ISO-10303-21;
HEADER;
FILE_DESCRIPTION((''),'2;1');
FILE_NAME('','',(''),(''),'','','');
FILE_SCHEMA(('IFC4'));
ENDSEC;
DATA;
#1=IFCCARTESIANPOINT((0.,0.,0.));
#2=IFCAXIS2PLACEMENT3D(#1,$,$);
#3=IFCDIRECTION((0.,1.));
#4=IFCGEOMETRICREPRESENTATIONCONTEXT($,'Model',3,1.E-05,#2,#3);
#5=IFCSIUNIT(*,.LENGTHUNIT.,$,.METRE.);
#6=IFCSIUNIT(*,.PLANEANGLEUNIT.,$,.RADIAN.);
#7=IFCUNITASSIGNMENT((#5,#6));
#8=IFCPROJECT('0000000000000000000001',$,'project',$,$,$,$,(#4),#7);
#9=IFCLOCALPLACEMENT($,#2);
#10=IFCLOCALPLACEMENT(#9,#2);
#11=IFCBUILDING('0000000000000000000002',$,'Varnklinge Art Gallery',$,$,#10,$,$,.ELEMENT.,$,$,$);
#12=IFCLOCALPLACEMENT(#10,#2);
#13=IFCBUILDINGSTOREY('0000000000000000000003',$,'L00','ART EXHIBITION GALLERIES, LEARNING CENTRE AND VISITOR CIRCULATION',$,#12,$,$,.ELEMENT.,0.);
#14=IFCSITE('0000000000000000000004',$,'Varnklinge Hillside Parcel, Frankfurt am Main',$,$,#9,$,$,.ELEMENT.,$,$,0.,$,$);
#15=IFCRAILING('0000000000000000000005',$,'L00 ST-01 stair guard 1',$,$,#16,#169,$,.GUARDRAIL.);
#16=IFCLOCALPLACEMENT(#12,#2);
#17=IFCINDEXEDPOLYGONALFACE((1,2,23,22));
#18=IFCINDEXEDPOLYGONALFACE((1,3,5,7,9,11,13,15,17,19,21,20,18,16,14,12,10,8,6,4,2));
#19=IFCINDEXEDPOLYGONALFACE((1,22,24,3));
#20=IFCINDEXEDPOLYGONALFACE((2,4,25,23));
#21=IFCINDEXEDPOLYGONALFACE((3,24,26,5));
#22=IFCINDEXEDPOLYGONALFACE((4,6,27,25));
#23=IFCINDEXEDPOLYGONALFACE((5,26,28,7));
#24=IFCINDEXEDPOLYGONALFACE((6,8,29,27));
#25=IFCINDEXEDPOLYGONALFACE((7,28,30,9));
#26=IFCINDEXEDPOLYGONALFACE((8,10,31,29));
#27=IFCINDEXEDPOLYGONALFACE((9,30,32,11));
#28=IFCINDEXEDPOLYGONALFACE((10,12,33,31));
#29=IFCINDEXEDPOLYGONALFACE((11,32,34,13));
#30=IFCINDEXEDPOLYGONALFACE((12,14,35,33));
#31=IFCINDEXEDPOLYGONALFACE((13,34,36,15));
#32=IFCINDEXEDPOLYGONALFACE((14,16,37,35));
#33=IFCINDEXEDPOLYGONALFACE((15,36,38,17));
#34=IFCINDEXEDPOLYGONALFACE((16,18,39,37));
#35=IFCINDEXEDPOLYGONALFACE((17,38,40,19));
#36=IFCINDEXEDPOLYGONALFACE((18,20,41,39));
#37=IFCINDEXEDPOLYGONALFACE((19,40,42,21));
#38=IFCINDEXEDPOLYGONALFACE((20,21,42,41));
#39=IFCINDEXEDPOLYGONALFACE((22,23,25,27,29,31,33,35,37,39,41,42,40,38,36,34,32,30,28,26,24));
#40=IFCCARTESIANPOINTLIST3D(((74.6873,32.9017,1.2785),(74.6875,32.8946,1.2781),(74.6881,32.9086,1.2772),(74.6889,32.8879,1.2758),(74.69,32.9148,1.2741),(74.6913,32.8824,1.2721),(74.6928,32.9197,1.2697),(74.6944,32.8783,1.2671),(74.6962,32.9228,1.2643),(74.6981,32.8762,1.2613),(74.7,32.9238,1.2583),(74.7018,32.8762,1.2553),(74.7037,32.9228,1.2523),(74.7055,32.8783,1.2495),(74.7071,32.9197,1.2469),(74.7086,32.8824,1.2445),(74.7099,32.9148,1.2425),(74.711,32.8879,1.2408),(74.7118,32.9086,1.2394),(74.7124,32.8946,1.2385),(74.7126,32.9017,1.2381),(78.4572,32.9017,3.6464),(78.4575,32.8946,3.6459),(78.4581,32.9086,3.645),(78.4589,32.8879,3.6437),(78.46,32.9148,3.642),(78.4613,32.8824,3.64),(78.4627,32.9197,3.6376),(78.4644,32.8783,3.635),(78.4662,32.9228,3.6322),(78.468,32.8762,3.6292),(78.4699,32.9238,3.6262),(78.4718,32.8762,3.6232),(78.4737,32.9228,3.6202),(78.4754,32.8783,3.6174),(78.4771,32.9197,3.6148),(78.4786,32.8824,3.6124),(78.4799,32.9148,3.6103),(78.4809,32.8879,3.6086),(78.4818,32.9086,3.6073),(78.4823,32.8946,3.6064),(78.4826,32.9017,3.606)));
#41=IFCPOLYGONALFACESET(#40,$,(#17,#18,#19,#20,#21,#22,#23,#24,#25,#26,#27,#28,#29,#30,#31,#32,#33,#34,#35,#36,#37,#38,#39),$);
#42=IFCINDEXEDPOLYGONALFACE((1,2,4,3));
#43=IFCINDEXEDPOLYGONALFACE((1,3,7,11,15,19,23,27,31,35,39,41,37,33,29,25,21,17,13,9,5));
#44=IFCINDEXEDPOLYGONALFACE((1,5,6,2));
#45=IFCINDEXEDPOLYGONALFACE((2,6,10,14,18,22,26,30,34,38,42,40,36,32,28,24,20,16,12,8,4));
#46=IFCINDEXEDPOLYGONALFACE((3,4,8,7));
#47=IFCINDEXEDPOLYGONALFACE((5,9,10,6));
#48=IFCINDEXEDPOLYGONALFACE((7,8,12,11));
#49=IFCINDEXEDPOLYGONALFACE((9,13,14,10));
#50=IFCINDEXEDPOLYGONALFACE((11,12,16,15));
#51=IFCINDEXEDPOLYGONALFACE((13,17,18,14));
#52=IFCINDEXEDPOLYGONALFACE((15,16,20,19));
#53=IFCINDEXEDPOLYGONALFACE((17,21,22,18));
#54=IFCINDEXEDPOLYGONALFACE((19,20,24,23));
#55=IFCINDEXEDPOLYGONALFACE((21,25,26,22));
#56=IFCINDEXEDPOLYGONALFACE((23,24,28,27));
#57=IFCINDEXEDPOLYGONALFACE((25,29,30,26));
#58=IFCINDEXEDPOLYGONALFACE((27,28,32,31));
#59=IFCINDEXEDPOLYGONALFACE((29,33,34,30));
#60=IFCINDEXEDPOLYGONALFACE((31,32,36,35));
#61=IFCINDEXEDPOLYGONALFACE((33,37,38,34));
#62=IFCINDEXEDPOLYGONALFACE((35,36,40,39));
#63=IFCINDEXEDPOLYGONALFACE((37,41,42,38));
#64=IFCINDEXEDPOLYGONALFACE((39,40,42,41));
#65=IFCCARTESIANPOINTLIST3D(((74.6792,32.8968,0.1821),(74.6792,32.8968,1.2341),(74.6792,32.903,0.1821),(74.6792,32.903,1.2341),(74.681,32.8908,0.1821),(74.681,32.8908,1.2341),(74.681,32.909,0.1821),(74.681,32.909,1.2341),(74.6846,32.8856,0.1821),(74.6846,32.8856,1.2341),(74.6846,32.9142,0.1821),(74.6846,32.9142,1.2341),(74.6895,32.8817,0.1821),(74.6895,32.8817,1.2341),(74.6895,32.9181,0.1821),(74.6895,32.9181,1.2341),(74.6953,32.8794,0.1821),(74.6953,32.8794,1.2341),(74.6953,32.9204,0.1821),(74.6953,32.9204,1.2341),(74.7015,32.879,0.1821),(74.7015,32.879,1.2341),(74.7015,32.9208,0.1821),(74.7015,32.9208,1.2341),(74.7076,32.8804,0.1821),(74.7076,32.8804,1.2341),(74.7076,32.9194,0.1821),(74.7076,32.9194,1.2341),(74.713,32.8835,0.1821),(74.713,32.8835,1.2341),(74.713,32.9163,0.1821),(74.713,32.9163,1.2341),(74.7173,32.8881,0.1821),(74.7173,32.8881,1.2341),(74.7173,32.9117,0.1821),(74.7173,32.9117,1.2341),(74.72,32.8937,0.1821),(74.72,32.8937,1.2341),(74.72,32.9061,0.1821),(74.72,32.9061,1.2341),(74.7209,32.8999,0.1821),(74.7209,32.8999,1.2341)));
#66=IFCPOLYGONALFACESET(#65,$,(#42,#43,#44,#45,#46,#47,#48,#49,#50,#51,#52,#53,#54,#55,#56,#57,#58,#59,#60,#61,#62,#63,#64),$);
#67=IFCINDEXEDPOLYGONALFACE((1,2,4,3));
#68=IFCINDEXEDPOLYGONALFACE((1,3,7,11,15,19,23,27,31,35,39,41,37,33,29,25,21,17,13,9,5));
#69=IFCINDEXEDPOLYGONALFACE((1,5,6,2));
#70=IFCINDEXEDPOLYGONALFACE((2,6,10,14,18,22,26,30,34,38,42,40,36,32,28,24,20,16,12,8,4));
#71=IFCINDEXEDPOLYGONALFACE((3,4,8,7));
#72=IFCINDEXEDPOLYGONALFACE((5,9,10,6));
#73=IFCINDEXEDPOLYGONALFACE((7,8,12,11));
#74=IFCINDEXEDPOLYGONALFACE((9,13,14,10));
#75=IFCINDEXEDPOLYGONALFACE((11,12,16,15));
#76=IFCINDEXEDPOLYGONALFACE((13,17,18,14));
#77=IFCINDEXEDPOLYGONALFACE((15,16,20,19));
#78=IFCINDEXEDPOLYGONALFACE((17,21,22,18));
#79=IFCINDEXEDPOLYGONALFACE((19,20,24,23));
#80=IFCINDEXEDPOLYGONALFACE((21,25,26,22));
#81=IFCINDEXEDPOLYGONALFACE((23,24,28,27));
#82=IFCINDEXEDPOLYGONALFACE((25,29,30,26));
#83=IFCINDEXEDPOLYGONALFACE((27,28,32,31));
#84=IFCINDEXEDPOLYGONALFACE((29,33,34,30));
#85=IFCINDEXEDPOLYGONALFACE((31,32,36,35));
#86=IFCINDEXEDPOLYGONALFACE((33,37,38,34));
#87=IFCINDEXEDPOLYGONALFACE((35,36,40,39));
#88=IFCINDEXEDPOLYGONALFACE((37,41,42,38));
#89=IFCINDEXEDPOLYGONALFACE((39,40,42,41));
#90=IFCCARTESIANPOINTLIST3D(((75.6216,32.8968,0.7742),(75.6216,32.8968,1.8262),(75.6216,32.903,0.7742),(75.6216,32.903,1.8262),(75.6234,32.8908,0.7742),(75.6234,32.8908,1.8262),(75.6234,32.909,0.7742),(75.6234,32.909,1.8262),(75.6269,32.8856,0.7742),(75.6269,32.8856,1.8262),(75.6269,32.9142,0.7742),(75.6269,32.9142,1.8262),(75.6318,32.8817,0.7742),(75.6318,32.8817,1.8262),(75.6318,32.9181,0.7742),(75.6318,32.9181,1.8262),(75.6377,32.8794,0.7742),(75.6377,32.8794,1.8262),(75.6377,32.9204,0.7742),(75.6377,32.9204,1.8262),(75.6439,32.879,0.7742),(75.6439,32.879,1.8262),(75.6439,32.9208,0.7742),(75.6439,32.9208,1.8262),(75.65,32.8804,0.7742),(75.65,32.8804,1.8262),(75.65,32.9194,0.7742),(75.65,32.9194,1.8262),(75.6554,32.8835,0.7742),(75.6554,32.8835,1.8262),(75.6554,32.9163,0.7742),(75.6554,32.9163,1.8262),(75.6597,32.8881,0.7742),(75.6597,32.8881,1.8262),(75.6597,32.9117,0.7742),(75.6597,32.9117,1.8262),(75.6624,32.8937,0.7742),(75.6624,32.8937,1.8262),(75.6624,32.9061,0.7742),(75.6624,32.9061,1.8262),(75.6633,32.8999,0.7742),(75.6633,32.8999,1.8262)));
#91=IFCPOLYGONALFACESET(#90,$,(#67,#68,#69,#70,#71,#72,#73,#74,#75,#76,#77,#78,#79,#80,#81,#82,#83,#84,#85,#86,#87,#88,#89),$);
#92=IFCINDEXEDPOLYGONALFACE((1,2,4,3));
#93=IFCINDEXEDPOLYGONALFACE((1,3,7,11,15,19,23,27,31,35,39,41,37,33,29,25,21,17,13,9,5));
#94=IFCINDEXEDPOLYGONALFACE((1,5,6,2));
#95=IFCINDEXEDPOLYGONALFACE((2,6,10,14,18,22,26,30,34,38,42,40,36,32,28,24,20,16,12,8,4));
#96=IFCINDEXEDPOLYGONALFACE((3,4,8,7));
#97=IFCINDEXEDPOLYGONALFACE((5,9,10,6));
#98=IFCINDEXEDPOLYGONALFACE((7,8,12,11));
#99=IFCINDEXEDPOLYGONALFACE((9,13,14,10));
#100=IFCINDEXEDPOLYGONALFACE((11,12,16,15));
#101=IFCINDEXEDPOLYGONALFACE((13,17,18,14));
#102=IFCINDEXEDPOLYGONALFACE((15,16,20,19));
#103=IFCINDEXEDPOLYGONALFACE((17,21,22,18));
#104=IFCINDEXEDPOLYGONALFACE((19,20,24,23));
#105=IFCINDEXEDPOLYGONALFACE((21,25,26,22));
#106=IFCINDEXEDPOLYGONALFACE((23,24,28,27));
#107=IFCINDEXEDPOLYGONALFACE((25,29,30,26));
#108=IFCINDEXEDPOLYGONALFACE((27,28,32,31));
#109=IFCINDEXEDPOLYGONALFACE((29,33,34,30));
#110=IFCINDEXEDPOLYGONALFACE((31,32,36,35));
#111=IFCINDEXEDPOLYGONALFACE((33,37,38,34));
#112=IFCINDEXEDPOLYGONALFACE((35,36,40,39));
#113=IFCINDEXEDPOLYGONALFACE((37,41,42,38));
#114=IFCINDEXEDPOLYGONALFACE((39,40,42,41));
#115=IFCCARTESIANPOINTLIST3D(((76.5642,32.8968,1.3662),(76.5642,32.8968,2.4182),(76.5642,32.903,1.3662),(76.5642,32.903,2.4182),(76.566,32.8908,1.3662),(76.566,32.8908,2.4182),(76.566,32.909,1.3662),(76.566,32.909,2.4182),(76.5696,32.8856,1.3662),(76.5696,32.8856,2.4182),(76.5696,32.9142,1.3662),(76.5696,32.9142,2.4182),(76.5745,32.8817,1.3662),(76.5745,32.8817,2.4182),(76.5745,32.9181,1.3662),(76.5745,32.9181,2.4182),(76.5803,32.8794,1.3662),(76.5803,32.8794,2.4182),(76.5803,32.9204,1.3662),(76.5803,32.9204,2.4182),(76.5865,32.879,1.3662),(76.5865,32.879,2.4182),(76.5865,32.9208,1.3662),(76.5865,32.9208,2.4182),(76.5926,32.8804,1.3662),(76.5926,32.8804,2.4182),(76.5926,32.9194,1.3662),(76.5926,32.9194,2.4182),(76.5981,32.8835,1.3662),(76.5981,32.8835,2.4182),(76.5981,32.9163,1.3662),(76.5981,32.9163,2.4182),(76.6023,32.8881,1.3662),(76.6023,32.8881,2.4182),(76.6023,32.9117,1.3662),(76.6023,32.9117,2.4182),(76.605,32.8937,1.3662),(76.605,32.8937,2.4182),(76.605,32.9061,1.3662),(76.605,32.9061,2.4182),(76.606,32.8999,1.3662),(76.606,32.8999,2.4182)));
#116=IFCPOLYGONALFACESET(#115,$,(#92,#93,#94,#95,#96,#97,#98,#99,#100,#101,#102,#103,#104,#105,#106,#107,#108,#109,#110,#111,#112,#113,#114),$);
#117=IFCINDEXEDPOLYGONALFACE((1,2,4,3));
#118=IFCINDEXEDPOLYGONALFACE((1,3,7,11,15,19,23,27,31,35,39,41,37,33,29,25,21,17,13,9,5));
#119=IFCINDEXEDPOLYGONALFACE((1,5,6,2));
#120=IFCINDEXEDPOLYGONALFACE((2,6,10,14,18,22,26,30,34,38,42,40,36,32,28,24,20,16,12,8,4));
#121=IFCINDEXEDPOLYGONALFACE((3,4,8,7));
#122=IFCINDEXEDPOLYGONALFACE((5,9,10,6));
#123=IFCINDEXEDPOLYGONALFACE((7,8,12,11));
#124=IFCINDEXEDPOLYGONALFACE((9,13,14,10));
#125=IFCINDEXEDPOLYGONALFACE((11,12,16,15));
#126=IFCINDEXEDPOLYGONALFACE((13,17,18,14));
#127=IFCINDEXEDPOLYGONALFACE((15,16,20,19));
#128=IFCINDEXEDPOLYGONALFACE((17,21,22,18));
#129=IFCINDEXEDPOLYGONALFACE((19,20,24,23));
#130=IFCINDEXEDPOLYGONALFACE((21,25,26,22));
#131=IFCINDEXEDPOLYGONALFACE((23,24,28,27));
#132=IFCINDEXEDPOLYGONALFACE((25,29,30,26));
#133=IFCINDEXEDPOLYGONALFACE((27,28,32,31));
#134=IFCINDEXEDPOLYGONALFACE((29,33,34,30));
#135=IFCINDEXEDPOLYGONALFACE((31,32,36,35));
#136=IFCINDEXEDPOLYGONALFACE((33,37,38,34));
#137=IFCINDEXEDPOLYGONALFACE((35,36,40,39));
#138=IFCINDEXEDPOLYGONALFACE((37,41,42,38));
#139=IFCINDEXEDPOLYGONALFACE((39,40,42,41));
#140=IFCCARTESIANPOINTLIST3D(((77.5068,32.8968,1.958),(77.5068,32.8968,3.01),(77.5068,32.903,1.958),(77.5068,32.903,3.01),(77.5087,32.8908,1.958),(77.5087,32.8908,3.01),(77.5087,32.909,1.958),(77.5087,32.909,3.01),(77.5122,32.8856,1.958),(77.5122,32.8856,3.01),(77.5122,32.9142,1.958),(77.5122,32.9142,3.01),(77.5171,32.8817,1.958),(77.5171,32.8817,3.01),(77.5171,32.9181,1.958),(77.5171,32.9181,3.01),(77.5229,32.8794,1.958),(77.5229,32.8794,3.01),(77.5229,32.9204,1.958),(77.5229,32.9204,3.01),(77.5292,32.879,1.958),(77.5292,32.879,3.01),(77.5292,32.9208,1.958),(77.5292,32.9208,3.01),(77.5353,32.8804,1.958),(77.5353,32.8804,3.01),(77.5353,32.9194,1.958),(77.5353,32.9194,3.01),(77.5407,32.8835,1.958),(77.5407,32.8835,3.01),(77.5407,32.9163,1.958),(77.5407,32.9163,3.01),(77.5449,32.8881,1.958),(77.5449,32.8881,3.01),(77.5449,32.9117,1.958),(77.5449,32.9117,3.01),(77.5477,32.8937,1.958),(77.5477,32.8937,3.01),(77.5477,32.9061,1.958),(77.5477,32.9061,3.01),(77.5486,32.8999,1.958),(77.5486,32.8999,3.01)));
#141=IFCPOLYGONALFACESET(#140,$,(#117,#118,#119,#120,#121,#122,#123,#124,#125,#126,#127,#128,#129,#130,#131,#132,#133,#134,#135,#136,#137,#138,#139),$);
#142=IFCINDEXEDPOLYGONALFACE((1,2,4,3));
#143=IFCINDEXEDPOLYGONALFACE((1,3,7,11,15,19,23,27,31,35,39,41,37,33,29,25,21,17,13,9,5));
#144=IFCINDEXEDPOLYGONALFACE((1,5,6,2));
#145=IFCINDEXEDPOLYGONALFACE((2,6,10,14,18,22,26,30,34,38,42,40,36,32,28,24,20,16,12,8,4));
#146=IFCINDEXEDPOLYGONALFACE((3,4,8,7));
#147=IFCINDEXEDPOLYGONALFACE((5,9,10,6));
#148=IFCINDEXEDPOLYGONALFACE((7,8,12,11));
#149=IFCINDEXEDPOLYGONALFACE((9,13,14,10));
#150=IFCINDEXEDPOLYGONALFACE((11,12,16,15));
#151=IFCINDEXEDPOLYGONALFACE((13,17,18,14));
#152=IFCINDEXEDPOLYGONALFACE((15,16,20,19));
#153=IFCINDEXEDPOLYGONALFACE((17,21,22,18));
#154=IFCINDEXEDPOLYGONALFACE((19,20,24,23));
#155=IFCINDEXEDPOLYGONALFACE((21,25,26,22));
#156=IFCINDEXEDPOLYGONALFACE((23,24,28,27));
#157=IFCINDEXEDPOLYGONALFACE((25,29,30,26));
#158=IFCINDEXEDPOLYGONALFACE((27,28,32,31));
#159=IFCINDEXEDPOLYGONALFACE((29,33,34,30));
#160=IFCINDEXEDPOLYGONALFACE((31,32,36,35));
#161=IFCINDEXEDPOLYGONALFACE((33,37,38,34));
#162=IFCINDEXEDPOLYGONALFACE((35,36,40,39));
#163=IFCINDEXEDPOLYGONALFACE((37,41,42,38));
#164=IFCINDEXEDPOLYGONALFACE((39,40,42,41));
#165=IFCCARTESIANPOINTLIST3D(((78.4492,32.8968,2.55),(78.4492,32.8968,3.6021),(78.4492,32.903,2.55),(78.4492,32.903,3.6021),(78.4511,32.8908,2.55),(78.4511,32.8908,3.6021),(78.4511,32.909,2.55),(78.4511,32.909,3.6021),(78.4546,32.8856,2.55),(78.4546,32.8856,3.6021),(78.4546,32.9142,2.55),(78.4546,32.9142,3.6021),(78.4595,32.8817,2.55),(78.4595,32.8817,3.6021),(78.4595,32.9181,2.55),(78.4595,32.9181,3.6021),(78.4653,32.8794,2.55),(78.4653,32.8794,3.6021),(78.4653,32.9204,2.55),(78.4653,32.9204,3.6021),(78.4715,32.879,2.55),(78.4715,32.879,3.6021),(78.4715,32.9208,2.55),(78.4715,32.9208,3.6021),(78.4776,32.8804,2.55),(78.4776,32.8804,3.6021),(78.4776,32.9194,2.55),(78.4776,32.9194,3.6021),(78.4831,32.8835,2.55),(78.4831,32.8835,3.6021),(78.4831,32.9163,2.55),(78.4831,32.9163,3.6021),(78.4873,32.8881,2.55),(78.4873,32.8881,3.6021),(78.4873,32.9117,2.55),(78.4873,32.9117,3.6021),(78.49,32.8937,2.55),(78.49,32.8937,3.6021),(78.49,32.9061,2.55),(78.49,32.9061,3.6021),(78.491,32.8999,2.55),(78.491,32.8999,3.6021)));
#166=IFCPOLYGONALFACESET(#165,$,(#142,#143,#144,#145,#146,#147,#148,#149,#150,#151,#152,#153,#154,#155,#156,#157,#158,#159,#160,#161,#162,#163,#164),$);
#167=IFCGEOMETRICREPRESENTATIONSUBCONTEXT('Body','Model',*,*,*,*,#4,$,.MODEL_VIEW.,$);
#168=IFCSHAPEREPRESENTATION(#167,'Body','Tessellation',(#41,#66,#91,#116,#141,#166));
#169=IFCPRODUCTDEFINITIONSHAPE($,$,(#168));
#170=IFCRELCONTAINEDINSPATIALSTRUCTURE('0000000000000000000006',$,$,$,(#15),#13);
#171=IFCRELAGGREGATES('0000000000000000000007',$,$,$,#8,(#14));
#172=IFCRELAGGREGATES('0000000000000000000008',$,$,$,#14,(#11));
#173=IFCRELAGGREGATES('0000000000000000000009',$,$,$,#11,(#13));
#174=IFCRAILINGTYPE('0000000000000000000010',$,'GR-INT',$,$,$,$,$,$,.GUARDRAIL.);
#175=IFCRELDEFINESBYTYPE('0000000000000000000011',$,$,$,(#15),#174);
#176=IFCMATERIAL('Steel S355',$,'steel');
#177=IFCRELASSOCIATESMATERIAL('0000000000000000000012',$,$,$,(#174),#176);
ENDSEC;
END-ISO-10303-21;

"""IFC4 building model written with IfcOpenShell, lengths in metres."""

from ifc_helpers import new_model, si_unit, direction, frame, origin, origin_2d, place, context, subcontext, project, spatial, circle, extrude, material, type_object, element, save


model = new_model("IFC4")

# Units and contexts
model_context = context("Model", 3, precision=1e-05, world=origin(), true_north=direction((0.0, 1.0)))
body_context = subcontext(model_context, "Body", "Model", "MODEL_VIEW")
ifc_project = project(units=[si_unit("LENGTHUNIT", "METRE"), si_unit("PLANEANGLEUNIT", "RADIAN")], contexts=[model_context])

# Site, building, storey
site_placement = place(None, origin())
site = spatial("IfcSite", under=ifc_project, at=site_placement, Name="Varnklinge Hillside Parcel, Frankfurt am Main", CompositionType="ELEMENT", RefElevation=0.0)
building_placement = place(site_placement, origin())
building = spatial("IfcBuilding", under=site, at=building_placement, Name="Varnklinge Art Gallery", CompositionType="ELEMENT")
storey_placement = place(building_placement, origin())
storey = spatial("IfcBuildingStorey", under=building, at=storey_placement, Name="L00", Description="ART EXHIBITION GALLERIES, LEARNING CENTRE AND VISITOR CIRCULATION", CompositionType="ELEMENT", Elevation=0.0)

# Railing
ifc_material_1 = material(Name="Steel S355", Category="steel")
railing_type_1 = type_object("IfcRailingType", Name="GR-INT", PredefinedType="GUARDRAIL", material=ifc_material_1)
railing_1_placement = place(storey_placement, frame((74.7, 32.8999, 0.1821)))
element("IfcRailing", 1, at=railing_1_placement, inside=storey, type_object=railing_type_1, Name="L00 ST-01 stair guard 1", PredefinedType="GUARDRAIL", context=body_context, shape_type="SweptSolid", body=[
    extrude(circle(Radius=0.0239, at=origin_2d()), frame((0.0, 0.0, 1.0762), z_axis=(0.846819, 0.0, 0.531881), x_axis=(0.0, 1.0, 0.0)), (0.0, 0.0, 1.0), 4.4519),
    extrude(circle(Radius=0.021, at=origin_2d()), origin(), (0.0, 0.0, 1.0), 1.052),
    extrude(circle(Radius=0.021, at=origin_2d()), frame((0.9424, 0.0, 0.592)), (0.0, 0.0, 1.0), 1.052),
    extrude(circle(Radius=0.021, at=origin_2d()), frame((1.885, 0.0, 1.1841)), (0.0, 0.0, 1.0), 1.052),
    extrude(circle(Radius=0.021, at=origin_2d()), frame((2.8276, 0.0, 1.7759)), (0.0, 0.0, 1.0), 1.052),
    extrude(circle(Radius=0.021, at=origin_2d()), frame((3.77, 0.0, 2.3679)), (0.0, 0.0, 1.0), 1.052),
])

save(model, "model.ifc")
